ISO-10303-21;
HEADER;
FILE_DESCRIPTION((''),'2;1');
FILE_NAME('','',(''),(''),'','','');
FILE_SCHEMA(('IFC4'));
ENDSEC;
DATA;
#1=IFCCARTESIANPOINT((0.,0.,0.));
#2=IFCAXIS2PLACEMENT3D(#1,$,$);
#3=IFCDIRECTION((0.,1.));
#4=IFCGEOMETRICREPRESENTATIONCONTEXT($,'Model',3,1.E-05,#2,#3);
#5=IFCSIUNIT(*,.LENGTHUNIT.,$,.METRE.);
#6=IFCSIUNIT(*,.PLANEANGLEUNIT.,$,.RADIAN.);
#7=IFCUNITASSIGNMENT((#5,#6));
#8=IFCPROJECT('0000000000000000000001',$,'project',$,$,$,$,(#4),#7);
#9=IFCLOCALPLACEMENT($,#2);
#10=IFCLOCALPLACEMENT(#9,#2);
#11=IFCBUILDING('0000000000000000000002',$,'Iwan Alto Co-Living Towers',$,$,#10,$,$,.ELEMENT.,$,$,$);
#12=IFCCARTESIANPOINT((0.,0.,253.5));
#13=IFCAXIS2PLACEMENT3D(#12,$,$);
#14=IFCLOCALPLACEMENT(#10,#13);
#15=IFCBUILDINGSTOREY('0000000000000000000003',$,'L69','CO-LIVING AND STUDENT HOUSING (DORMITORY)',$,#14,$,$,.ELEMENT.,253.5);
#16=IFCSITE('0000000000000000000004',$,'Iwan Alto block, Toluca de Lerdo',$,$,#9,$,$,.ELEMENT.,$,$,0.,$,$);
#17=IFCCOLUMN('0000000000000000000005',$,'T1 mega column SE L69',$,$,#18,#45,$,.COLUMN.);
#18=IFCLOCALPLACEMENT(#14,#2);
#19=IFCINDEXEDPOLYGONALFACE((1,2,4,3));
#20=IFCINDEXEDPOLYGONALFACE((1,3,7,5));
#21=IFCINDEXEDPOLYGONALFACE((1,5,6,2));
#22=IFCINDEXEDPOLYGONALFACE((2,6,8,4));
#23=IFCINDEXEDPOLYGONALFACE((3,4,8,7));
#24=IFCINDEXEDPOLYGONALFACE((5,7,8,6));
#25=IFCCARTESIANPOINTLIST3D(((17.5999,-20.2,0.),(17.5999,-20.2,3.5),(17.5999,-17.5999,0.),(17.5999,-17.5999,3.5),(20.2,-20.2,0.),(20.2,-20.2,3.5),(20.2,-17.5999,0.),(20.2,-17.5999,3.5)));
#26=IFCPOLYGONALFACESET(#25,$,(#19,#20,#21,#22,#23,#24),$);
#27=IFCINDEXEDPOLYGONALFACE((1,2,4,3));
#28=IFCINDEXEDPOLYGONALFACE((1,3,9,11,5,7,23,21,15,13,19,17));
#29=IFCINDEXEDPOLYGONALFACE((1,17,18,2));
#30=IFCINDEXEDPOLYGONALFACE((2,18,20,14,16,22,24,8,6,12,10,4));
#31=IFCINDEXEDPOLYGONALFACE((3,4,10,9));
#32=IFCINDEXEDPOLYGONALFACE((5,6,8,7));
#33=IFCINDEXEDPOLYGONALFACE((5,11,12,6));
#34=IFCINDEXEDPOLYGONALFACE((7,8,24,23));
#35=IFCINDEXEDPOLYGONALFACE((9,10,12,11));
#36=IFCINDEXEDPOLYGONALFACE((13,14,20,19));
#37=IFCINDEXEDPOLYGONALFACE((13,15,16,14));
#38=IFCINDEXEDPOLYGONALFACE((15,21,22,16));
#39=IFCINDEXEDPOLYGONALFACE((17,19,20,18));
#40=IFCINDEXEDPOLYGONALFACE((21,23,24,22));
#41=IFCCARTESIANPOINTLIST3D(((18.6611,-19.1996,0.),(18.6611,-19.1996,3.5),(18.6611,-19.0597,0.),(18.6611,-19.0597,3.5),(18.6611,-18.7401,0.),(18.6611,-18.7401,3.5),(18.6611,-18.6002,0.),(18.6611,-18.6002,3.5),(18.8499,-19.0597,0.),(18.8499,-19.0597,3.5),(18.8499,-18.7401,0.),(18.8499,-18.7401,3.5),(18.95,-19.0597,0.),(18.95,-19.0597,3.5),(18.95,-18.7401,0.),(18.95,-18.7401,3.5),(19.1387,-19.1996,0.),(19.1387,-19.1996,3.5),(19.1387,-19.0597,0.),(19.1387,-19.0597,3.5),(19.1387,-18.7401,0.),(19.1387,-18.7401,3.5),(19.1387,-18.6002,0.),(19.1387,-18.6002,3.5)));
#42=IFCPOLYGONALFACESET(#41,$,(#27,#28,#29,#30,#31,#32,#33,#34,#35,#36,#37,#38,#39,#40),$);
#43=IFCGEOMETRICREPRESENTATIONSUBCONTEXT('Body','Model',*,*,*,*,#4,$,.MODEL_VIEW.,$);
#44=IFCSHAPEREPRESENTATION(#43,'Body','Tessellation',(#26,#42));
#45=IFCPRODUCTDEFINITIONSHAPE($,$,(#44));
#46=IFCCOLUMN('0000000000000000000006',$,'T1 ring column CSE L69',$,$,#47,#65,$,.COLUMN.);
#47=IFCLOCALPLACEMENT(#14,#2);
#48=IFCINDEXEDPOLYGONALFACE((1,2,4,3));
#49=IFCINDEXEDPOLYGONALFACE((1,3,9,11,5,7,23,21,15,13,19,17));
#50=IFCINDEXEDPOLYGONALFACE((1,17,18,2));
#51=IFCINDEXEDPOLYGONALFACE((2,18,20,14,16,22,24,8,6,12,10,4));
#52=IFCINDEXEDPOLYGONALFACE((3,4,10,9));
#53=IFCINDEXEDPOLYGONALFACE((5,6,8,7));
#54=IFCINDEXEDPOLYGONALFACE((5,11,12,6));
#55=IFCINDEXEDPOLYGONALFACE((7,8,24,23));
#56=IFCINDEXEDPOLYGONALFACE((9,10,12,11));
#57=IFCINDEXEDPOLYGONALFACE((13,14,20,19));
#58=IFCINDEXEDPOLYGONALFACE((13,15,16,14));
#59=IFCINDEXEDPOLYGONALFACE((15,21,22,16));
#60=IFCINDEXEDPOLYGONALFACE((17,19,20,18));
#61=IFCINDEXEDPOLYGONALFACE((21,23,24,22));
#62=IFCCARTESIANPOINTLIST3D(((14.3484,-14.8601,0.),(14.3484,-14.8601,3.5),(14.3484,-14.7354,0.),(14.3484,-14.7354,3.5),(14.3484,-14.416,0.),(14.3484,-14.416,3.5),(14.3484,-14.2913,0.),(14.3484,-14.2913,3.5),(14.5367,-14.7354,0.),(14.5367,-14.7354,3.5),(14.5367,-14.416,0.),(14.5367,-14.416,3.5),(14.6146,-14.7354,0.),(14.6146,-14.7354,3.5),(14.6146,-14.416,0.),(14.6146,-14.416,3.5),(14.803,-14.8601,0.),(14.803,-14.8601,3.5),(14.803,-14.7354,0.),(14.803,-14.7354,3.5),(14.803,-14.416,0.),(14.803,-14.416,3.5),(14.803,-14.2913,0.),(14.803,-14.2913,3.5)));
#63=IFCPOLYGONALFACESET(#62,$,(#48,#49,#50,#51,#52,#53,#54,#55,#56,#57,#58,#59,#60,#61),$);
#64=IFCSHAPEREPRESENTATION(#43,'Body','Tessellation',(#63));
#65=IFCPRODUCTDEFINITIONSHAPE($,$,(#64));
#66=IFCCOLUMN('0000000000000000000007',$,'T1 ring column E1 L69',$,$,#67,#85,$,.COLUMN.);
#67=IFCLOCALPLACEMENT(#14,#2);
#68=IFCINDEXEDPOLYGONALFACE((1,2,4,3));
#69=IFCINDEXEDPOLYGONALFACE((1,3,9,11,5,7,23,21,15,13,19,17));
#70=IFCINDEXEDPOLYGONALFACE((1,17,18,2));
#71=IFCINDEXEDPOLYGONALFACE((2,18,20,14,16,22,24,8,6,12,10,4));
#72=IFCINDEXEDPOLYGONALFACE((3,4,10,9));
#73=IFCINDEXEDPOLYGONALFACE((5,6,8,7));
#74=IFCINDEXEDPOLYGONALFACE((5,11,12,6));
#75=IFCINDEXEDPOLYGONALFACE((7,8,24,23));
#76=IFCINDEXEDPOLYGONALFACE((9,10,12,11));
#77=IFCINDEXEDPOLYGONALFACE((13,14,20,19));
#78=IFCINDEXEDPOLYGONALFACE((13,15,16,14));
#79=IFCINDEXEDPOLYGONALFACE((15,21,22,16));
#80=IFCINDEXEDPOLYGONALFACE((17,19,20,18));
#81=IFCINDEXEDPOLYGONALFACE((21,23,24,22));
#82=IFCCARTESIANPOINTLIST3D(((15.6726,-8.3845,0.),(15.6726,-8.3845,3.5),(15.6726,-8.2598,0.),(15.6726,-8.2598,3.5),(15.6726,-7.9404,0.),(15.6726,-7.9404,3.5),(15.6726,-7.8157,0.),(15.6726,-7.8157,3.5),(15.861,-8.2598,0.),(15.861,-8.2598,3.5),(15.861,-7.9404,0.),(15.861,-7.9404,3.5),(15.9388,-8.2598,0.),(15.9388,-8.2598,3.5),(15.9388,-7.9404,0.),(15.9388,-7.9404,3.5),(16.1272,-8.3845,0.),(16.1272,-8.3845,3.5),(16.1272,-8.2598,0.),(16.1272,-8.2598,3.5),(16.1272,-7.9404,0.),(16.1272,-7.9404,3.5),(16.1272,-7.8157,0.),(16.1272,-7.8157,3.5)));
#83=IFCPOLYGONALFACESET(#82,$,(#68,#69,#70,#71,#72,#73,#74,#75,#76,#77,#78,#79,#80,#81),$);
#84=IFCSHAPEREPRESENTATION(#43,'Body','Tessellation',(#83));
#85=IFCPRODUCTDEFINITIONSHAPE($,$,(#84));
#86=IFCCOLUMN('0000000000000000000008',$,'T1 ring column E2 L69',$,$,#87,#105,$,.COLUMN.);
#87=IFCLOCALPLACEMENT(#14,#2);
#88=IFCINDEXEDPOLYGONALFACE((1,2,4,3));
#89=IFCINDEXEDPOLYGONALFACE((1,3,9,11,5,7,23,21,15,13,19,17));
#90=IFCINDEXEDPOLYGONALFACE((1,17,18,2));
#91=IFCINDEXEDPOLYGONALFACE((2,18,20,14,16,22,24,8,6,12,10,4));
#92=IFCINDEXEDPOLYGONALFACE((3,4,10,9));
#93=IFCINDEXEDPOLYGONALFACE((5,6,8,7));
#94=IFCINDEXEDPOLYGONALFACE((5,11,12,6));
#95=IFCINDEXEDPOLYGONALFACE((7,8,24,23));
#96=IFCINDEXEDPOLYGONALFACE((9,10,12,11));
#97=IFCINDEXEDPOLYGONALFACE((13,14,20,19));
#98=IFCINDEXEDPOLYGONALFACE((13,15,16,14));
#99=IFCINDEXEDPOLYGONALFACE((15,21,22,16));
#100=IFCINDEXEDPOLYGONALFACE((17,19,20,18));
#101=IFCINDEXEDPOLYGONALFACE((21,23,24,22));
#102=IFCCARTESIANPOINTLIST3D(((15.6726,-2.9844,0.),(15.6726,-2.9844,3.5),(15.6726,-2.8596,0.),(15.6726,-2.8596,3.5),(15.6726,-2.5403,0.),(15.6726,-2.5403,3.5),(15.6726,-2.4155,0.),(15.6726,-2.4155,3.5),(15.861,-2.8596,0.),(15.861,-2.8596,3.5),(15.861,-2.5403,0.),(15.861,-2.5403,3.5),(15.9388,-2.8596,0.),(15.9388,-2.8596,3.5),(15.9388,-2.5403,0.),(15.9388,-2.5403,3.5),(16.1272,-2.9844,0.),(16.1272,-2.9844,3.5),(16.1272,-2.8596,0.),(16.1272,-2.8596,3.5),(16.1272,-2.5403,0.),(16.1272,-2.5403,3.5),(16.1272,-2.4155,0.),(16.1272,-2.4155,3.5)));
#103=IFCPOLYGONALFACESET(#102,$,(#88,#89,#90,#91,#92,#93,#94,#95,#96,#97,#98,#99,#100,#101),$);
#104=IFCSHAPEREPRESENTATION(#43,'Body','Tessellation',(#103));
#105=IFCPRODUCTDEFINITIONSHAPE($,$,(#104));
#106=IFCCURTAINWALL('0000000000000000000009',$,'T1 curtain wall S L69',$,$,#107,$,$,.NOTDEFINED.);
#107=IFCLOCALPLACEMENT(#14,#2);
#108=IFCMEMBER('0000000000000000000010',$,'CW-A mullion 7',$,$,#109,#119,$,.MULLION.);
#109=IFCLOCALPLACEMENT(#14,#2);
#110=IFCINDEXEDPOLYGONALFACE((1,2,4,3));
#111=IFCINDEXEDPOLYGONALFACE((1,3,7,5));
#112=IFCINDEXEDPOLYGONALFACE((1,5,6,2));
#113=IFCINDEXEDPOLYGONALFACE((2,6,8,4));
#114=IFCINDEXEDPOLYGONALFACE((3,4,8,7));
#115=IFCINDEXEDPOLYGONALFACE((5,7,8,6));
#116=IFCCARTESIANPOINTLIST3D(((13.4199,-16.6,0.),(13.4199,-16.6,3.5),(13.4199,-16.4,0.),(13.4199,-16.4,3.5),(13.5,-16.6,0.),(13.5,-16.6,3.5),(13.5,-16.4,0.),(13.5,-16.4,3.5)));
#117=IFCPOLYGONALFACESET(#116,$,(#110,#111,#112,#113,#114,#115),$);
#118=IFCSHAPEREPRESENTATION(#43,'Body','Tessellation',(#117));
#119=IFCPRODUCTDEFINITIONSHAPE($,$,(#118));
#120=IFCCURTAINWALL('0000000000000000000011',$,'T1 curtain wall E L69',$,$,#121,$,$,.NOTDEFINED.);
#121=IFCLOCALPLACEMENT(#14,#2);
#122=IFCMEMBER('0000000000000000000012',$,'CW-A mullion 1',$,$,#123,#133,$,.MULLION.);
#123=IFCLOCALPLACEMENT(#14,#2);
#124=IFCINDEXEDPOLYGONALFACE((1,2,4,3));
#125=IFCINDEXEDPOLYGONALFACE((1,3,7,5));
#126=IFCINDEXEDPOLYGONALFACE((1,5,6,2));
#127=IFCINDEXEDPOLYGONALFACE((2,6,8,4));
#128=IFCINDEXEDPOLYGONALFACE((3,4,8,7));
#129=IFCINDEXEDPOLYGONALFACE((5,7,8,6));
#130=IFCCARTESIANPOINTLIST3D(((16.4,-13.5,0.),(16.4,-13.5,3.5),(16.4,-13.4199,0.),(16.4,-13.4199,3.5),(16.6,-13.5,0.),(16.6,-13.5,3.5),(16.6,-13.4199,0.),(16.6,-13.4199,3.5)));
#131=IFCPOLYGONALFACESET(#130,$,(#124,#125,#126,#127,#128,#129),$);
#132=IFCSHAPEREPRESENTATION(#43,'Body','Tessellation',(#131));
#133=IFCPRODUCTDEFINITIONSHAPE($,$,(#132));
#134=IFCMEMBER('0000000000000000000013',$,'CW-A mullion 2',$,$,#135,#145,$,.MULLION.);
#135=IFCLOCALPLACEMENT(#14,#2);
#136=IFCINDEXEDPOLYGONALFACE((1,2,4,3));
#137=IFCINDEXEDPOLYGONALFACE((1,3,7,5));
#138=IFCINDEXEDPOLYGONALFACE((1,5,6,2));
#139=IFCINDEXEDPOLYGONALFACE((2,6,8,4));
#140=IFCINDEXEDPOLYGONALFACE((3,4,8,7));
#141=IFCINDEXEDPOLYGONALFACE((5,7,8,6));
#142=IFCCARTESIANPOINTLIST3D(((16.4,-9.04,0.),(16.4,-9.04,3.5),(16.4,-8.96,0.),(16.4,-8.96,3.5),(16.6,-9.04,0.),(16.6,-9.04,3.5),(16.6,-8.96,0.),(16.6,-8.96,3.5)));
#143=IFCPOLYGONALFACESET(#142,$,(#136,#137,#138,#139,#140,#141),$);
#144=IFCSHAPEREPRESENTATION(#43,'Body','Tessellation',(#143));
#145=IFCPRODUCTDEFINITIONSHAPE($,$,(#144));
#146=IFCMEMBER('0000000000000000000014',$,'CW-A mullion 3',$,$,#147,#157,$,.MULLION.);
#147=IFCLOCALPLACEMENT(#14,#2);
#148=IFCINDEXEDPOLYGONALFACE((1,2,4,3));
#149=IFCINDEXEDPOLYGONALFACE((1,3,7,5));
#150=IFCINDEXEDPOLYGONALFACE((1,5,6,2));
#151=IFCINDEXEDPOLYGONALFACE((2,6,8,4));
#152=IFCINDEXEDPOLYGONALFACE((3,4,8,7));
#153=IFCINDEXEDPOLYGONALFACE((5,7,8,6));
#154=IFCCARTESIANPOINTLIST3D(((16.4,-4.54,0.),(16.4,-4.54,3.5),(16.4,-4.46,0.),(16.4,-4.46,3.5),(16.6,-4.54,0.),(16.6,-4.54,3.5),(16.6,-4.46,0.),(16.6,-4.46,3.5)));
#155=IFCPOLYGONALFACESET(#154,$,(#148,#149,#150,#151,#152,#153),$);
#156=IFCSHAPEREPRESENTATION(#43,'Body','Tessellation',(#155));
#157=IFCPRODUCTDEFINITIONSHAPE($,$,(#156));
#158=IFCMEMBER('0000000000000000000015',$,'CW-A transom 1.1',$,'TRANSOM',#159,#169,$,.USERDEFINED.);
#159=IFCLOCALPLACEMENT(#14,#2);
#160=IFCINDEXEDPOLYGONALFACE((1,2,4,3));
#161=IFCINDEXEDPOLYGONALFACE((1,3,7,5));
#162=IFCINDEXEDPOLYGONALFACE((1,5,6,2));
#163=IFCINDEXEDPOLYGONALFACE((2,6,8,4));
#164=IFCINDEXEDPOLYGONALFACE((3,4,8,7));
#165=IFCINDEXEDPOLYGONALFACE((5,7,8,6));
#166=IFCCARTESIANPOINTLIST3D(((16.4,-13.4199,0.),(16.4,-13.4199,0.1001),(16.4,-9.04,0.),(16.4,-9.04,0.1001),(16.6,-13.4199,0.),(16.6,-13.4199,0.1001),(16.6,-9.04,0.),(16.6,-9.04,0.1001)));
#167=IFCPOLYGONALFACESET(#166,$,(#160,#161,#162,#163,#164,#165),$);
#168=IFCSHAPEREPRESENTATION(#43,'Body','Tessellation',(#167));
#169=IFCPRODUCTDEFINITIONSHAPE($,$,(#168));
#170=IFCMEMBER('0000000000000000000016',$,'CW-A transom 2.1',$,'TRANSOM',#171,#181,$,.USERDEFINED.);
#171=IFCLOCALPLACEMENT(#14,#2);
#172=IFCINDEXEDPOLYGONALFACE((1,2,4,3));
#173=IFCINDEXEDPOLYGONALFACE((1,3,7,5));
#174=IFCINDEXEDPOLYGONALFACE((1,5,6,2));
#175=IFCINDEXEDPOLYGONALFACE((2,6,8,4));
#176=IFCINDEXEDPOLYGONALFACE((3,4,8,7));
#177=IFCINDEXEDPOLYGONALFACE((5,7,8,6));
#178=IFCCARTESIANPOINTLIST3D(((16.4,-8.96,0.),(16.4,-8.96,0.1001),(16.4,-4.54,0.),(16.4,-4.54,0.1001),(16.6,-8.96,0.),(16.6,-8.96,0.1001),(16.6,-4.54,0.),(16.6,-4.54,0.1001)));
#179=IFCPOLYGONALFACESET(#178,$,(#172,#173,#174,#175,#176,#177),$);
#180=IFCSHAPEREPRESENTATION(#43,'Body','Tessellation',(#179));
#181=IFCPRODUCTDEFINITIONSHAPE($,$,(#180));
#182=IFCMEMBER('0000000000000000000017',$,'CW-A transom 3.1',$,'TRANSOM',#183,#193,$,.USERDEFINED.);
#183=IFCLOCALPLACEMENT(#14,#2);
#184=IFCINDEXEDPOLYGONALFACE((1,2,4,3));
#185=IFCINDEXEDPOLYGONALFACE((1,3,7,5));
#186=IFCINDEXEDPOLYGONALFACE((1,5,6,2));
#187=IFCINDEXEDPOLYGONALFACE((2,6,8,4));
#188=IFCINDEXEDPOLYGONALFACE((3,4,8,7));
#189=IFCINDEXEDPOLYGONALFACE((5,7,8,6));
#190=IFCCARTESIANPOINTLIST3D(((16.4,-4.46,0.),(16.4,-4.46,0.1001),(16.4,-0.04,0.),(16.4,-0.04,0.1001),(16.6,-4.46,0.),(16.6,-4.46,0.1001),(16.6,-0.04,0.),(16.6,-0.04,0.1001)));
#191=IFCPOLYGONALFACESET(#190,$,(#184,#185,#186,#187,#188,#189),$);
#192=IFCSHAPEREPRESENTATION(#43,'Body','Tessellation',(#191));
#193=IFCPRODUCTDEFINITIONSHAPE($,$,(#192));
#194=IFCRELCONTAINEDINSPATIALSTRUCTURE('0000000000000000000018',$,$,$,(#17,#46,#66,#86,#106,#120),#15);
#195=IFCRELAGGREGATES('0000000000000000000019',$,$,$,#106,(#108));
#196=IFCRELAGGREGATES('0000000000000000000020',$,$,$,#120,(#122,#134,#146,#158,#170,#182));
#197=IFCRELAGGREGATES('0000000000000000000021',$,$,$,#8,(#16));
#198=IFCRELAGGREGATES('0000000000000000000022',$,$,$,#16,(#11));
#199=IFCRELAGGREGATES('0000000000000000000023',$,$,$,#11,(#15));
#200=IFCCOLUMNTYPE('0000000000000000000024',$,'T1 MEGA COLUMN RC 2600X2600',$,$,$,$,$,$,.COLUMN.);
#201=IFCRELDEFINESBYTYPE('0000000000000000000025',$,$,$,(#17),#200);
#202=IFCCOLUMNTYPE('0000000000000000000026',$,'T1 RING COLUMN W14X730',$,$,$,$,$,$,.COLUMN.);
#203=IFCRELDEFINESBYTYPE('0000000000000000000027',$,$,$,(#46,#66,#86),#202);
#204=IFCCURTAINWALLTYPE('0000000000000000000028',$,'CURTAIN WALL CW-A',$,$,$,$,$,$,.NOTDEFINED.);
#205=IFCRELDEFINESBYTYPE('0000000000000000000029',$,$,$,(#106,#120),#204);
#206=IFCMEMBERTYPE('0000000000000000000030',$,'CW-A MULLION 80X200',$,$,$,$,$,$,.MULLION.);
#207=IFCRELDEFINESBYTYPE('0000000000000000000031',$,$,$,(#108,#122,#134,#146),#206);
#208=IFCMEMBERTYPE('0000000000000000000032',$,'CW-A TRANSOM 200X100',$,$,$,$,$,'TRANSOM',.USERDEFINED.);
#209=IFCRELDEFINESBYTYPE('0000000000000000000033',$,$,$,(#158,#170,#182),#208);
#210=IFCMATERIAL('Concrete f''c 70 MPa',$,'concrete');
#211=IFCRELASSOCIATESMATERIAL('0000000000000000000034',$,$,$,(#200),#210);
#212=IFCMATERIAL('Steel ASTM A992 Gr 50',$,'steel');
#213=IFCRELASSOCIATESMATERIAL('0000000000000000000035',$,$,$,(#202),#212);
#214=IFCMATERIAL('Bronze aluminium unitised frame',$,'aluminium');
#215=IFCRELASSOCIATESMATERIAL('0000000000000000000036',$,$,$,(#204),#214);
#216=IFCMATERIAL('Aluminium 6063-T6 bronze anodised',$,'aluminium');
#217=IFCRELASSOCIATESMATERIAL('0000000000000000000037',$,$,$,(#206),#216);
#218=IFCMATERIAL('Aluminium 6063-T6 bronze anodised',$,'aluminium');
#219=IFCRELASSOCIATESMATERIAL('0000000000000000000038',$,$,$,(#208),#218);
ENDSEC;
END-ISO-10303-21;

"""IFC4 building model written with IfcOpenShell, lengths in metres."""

from ifc_helpers import new_model, si_unit, direction, frame, origin, origin_2d, place, context, subcontext, project, spatial, rectangle, i_section, extrude, material, material_profile, profile_set, type_object, element, aggregate, save


model = new_model("IFC4")

# Units and contexts
model_context = context("Model", 3, precision=1e-05, world=origin(), true_north=direction((0.0, 1.0)))
body_context = subcontext(model_context, "Body", "Model", "MODEL_VIEW")
ifc_project = project(units=[si_unit("LENGTHUNIT", "METRE"), si_unit("PLANEANGLEUNIT", "RADIAN")], contexts=[model_context])

# Site, building, storey
site_placement = place(None, origin())
site = spatial("IfcSite", under=ifc_project, at=site_placement, Name="Iwan Alto block, Toluca de Lerdo", CompositionType="ELEMENT", RefElevation=0.0)
building_placement = place(site_placement, origin())
building = spatial("IfcBuilding", under=site, at=building_placement, Name="Iwan Alto Co-Living Towers", CompositionType="ELEMENT")
storey_placement = place(building_placement, frame((0.0, 0.0, 253.5)))
storey = spatial("IfcBuildingStorey", under=building, at=storey_placement, Name="L69", Description="CO-LIVING AND STUDENT HOUSING (DORMITORY)", CompositionType="ELEMENT", Elevation=253.5)

# Columns
ifc_material_1 = material(Name="Concrete f'c 70 MPa", Category="concrete")
ifc_material_profile_1 = material_profile(ifc_material_1, rectangle(XDim=2.6001, YDim=2.6001, at=origin_2d()), Name="RC 2600X2600")
ifc_profile_set_1 = profile_set([ifc_material_profile_1], Name="Concrete f'c 70 MPa")
column_type_1 = type_object("IfcColumnType", Name="T1 MEGA COLUMN RC 2600X2600", PredefinedType="COLUMN", material=ifc_profile_set_1)
column_placement = place(storey_placement, frame((18.8999, -18.8999, 0.0), z_axis=(0.0, 0.0, 1.0), x_axis=(1.0, 0.0, 0.0)))
element("IfcColumn", 1, at=column_placement, inside=storey, type_object=column_type_1, Name="T1 mega column SE L69", PredefinedType="COLUMN", context=body_context, shape_type="SweptSolid", body=[
    extrude(rectangle(XDim=2.6001, YDim=2.6001, at=origin_2d()), origin(), (0.0, 0.0, 1.0), 3.5),
    extrude(i_section(OverallWidth=0.4775, OverallDepth=0.5994, WebThickness=0.1001, FlangeThickness=0.1399, at=origin_2d()), origin(), (0.0, 0.0, 1.0), 3.5),
])
ifc_material_2 = material(Name="Steel ASTM A992 Gr 50", Category="steel")
ifc_material_profile_2 = material_profile(ifc_material_2, i_section(OverallWidth=0.4546, OverallDepth=0.5688, WebThickness=0.0779, FlangeThickness=0.1248, at=origin_2d()), Name="W14X730")
ifc_profile_set_2 = profile_set([ifc_material_profile_2], Name="Steel ASTM A992 Gr 50")
column_type_2 = type_object("IfcColumnType", Name="T1 RING COLUMN W14X730", PredefinedType="COLUMN", material=ifc_profile_set_2)
for number, where, z_axis, x_axis, name in (
    (2, (14.5757, -14.5757, 0.0), (0.0, 0.0, 1.0), (1.0, 0.0, 0.0), "T1 ring column CSE L69"),
    (3, (15.8999, -8.1001, 0.0), (0.0, 0.0, 1.0), (1.0, 0.0, 0.0), "T1 ring column E1 L69"),
    (4, (15.8999, -2.7, 0.0), (0.0, 0.0, 1.0), (1.0, 0.0, 0.0), "T1 ring column E2 L69"),
):
    element("IfcColumn", number, at=place(storey_placement, frame(where, z_axis=z_axis, x_axis=x_axis)), inside=storey, type_object=column_type_2, Name=name, PredefinedType="COLUMN", context=body_context, shape_type="SweptSolid", body=[
        extrude(i_section(OverallWidth=0.4546, OverallDepth=0.5688, WebThickness=0.0779, FlangeThickness=0.1248, at=origin_2d()), origin(), (0.0, 0.0, 1.0), 3.5),
    ])

# Curtain wall, member
ifc_material_3 = material(Name="Bronze aluminium unitised frame", Category="aluminium")
curtain_wall_type_1 = type_object("IfcCurtainWallType", Name="CURTAIN WALL CW-A", PredefinedType="NOTDEFINED", material=ifc_material_3)
curtain_wall_1_placement = place(storey_placement, origin())
curtain_wall_1 = element("IfcCurtainWall", 5, at=curtain_wall_1_placement, inside=storey, type_object=curtain_wall_type_1, Name="T1 curtain wall S L69", PredefinedType="NOTDEFINED")
ifc_material_4 = material(Name="Aluminium 6063-T6 bronze anodised", Category="aluminium")
ifc_material_profile_3 = material_profile(ifc_material_4, rectangle(XDim=0.2, YDim=0.0801, at=origin_2d()), Name="AL 80X200")
ifc_profile_set_3 = profile_set([ifc_material_profile_3], Name="Aluminium 6063-T6 bronze anodised")
member_type_1 = type_object("IfcMemberType", Name="CW-A MULLION 80X200", PredefinedType="MULLION", material=ifc_profile_set_3)
member_1_placement = place(storey_placement, frame((13.46, -16.5, 0.0), z_axis=(0.0, 0.0, 1.0), x_axis=(0.0, 1.0, 0.0)))
member_1 = element("IfcMember", 6, at=member_1_placement, type_object=member_type_1, Name="CW-A mullion 7", PredefinedType="MULLION", context=body_context, shape_type="SweptSolid", body=[
    extrude(rectangle(XDim=0.2, YDim=0.0801, at=origin_2d()), origin(), (0.0, 0.0, 1.0), 3.5),
])
aggregate(curtain_wall_1, [member_1])

# Curtain wall, members
curtain_wall_2_placement = place(storey_placement, origin())
curtain_wall_2 = element("IfcCurtainWall", 7, at=curtain_wall_2_placement, inside=storey, type_object=curtain_wall_type_1, Name="T1 curtain wall E L69", PredefinedType="NOTDEFINED")
member_2_placement = place(storey_placement, frame((16.5, -13.46, 0.0), z_axis=(0.0, 0.0, 1.0), x_axis=(-1.0, 0.0, 0.0)))
member_2 = element("IfcMember", 8, at=member_2_placement, type_object=member_type_1, Name="CW-A mullion 1", PredefinedType="MULLION", context=body_context, shape_type="SweptSolid", body=[
    extrude(rectangle(XDim=0.2, YDim=0.0801, at=origin_2d()), origin(), (0.0, 0.0, 1.0), 3.5),
])
member_3_placement = place(storey_placement, frame((16.5, -9.0, 0.0), z_axis=(0.0, 0.0, 1.0), x_axis=(-1.0, 0.0, 0.0)))
member_3 = element("IfcMember", 9, at=member_3_placement, type_object=member_type_1, Name="CW-A mullion 2", PredefinedType="MULLION", context=body_context, shape_type="SweptSolid", body=[
    extrude(rectangle(XDim=0.2, YDim=0.0801, at=origin_2d()), origin(), (0.0, 0.0, 1.0), 3.5),
])
member_4_placement = place(storey_placement, frame((16.5, -4.5, 0.0), z_axis=(0.0, 0.0, 1.0), x_axis=(-1.0, 0.0, 0.0)))
member_4 = element("IfcMember", 10, at=member_4_placement, type_object=member_type_1, Name="CW-A mullion 3", PredefinedType="MULLION", context=body_context, shape_type="SweptSolid", body=[
    extrude(rectangle(XDim=0.2, YDim=0.0801, at=origin_2d()), origin(), (0.0, 0.0, 1.0), 3.5),
])
ifc_material_5 = material(Name="Aluminium 6063-T6 bronze anodised", Category="aluminium")
ifc_material_profile_4 = material_profile(ifc_material_5, rectangle(XDim=0.2, YDim=0.1001, at=origin_2d()), Name="AL 200X100")
ifc_profile_set_4 = profile_set([ifc_material_profile_4], Name="Aluminium 6063-T6 bronze anodised")
member_type_2 = type_object("IfcMemberType", Name="CW-A TRANSOM 200X100", ElementType="TRANSOM", PredefinedType="USERDEFINED", material=ifc_profile_set_4)
member_5_placement = place(storey_placement, frame((16.5, -13.4199, 0.05), z_axis=(0.0, 1.0, 0.0), x_axis=(-1.0, 0.0, 0.0)))
member_5 = element("IfcMember", 11, at=member_5_placement, type_object=member_type_2, Name="CW-A transom 1.1", ObjectType="TRANSOM", PredefinedType="USERDEFINED", context=body_context, shape_type="SweptSolid", body=[
    extrude(rectangle(XDim=0.2, YDim=0.1001, at=origin_2d()), origin(), (0.0, 0.0, 1.0), 4.3799),
])
member_6_placement = place(storey_placement, frame((16.5, -8.96, 0.05), z_axis=(0.0, 1.0, 0.0), x_axis=(-1.0, 0.0, 0.0)))
member_6 = element("IfcMember", 12, at=member_6_placement, type_object=member_type_2, Name="CW-A transom 2.1", ObjectType="TRANSOM", PredefinedType="USERDEFINED", context=body_context, shape_type="SweptSolid", body=[
    extrude(rectangle(XDim=0.2, YDim=0.1001, at=origin_2d()), origin(), (0.0, 0.0, 1.0), 4.4199),
])
member_7_placement = place(storey_placement, frame((16.5, -4.46, 0.05), z_axis=(0.0, 1.0, 0.0), x_axis=(-1.0, 0.0, 0.0)))
member_7 = element("IfcMember", 13, at=member_7_placement, type_object=member_type_2, Name="CW-A transom 3.1", ObjectType="TRANSOM", PredefinedType="USERDEFINED", context=body_context, shape_type="SweptSolid", body=[
    extrude(rectangle(XDim=0.2, YDim=0.1001, at=origin_2d()), origin(), (0.0, 0.0, 1.0), 4.4199),
])

aggregate(curtain_wall_2, [member_2, member_3, member_4, member_5, member_6, member_7])

save(model, "model.ifc")
